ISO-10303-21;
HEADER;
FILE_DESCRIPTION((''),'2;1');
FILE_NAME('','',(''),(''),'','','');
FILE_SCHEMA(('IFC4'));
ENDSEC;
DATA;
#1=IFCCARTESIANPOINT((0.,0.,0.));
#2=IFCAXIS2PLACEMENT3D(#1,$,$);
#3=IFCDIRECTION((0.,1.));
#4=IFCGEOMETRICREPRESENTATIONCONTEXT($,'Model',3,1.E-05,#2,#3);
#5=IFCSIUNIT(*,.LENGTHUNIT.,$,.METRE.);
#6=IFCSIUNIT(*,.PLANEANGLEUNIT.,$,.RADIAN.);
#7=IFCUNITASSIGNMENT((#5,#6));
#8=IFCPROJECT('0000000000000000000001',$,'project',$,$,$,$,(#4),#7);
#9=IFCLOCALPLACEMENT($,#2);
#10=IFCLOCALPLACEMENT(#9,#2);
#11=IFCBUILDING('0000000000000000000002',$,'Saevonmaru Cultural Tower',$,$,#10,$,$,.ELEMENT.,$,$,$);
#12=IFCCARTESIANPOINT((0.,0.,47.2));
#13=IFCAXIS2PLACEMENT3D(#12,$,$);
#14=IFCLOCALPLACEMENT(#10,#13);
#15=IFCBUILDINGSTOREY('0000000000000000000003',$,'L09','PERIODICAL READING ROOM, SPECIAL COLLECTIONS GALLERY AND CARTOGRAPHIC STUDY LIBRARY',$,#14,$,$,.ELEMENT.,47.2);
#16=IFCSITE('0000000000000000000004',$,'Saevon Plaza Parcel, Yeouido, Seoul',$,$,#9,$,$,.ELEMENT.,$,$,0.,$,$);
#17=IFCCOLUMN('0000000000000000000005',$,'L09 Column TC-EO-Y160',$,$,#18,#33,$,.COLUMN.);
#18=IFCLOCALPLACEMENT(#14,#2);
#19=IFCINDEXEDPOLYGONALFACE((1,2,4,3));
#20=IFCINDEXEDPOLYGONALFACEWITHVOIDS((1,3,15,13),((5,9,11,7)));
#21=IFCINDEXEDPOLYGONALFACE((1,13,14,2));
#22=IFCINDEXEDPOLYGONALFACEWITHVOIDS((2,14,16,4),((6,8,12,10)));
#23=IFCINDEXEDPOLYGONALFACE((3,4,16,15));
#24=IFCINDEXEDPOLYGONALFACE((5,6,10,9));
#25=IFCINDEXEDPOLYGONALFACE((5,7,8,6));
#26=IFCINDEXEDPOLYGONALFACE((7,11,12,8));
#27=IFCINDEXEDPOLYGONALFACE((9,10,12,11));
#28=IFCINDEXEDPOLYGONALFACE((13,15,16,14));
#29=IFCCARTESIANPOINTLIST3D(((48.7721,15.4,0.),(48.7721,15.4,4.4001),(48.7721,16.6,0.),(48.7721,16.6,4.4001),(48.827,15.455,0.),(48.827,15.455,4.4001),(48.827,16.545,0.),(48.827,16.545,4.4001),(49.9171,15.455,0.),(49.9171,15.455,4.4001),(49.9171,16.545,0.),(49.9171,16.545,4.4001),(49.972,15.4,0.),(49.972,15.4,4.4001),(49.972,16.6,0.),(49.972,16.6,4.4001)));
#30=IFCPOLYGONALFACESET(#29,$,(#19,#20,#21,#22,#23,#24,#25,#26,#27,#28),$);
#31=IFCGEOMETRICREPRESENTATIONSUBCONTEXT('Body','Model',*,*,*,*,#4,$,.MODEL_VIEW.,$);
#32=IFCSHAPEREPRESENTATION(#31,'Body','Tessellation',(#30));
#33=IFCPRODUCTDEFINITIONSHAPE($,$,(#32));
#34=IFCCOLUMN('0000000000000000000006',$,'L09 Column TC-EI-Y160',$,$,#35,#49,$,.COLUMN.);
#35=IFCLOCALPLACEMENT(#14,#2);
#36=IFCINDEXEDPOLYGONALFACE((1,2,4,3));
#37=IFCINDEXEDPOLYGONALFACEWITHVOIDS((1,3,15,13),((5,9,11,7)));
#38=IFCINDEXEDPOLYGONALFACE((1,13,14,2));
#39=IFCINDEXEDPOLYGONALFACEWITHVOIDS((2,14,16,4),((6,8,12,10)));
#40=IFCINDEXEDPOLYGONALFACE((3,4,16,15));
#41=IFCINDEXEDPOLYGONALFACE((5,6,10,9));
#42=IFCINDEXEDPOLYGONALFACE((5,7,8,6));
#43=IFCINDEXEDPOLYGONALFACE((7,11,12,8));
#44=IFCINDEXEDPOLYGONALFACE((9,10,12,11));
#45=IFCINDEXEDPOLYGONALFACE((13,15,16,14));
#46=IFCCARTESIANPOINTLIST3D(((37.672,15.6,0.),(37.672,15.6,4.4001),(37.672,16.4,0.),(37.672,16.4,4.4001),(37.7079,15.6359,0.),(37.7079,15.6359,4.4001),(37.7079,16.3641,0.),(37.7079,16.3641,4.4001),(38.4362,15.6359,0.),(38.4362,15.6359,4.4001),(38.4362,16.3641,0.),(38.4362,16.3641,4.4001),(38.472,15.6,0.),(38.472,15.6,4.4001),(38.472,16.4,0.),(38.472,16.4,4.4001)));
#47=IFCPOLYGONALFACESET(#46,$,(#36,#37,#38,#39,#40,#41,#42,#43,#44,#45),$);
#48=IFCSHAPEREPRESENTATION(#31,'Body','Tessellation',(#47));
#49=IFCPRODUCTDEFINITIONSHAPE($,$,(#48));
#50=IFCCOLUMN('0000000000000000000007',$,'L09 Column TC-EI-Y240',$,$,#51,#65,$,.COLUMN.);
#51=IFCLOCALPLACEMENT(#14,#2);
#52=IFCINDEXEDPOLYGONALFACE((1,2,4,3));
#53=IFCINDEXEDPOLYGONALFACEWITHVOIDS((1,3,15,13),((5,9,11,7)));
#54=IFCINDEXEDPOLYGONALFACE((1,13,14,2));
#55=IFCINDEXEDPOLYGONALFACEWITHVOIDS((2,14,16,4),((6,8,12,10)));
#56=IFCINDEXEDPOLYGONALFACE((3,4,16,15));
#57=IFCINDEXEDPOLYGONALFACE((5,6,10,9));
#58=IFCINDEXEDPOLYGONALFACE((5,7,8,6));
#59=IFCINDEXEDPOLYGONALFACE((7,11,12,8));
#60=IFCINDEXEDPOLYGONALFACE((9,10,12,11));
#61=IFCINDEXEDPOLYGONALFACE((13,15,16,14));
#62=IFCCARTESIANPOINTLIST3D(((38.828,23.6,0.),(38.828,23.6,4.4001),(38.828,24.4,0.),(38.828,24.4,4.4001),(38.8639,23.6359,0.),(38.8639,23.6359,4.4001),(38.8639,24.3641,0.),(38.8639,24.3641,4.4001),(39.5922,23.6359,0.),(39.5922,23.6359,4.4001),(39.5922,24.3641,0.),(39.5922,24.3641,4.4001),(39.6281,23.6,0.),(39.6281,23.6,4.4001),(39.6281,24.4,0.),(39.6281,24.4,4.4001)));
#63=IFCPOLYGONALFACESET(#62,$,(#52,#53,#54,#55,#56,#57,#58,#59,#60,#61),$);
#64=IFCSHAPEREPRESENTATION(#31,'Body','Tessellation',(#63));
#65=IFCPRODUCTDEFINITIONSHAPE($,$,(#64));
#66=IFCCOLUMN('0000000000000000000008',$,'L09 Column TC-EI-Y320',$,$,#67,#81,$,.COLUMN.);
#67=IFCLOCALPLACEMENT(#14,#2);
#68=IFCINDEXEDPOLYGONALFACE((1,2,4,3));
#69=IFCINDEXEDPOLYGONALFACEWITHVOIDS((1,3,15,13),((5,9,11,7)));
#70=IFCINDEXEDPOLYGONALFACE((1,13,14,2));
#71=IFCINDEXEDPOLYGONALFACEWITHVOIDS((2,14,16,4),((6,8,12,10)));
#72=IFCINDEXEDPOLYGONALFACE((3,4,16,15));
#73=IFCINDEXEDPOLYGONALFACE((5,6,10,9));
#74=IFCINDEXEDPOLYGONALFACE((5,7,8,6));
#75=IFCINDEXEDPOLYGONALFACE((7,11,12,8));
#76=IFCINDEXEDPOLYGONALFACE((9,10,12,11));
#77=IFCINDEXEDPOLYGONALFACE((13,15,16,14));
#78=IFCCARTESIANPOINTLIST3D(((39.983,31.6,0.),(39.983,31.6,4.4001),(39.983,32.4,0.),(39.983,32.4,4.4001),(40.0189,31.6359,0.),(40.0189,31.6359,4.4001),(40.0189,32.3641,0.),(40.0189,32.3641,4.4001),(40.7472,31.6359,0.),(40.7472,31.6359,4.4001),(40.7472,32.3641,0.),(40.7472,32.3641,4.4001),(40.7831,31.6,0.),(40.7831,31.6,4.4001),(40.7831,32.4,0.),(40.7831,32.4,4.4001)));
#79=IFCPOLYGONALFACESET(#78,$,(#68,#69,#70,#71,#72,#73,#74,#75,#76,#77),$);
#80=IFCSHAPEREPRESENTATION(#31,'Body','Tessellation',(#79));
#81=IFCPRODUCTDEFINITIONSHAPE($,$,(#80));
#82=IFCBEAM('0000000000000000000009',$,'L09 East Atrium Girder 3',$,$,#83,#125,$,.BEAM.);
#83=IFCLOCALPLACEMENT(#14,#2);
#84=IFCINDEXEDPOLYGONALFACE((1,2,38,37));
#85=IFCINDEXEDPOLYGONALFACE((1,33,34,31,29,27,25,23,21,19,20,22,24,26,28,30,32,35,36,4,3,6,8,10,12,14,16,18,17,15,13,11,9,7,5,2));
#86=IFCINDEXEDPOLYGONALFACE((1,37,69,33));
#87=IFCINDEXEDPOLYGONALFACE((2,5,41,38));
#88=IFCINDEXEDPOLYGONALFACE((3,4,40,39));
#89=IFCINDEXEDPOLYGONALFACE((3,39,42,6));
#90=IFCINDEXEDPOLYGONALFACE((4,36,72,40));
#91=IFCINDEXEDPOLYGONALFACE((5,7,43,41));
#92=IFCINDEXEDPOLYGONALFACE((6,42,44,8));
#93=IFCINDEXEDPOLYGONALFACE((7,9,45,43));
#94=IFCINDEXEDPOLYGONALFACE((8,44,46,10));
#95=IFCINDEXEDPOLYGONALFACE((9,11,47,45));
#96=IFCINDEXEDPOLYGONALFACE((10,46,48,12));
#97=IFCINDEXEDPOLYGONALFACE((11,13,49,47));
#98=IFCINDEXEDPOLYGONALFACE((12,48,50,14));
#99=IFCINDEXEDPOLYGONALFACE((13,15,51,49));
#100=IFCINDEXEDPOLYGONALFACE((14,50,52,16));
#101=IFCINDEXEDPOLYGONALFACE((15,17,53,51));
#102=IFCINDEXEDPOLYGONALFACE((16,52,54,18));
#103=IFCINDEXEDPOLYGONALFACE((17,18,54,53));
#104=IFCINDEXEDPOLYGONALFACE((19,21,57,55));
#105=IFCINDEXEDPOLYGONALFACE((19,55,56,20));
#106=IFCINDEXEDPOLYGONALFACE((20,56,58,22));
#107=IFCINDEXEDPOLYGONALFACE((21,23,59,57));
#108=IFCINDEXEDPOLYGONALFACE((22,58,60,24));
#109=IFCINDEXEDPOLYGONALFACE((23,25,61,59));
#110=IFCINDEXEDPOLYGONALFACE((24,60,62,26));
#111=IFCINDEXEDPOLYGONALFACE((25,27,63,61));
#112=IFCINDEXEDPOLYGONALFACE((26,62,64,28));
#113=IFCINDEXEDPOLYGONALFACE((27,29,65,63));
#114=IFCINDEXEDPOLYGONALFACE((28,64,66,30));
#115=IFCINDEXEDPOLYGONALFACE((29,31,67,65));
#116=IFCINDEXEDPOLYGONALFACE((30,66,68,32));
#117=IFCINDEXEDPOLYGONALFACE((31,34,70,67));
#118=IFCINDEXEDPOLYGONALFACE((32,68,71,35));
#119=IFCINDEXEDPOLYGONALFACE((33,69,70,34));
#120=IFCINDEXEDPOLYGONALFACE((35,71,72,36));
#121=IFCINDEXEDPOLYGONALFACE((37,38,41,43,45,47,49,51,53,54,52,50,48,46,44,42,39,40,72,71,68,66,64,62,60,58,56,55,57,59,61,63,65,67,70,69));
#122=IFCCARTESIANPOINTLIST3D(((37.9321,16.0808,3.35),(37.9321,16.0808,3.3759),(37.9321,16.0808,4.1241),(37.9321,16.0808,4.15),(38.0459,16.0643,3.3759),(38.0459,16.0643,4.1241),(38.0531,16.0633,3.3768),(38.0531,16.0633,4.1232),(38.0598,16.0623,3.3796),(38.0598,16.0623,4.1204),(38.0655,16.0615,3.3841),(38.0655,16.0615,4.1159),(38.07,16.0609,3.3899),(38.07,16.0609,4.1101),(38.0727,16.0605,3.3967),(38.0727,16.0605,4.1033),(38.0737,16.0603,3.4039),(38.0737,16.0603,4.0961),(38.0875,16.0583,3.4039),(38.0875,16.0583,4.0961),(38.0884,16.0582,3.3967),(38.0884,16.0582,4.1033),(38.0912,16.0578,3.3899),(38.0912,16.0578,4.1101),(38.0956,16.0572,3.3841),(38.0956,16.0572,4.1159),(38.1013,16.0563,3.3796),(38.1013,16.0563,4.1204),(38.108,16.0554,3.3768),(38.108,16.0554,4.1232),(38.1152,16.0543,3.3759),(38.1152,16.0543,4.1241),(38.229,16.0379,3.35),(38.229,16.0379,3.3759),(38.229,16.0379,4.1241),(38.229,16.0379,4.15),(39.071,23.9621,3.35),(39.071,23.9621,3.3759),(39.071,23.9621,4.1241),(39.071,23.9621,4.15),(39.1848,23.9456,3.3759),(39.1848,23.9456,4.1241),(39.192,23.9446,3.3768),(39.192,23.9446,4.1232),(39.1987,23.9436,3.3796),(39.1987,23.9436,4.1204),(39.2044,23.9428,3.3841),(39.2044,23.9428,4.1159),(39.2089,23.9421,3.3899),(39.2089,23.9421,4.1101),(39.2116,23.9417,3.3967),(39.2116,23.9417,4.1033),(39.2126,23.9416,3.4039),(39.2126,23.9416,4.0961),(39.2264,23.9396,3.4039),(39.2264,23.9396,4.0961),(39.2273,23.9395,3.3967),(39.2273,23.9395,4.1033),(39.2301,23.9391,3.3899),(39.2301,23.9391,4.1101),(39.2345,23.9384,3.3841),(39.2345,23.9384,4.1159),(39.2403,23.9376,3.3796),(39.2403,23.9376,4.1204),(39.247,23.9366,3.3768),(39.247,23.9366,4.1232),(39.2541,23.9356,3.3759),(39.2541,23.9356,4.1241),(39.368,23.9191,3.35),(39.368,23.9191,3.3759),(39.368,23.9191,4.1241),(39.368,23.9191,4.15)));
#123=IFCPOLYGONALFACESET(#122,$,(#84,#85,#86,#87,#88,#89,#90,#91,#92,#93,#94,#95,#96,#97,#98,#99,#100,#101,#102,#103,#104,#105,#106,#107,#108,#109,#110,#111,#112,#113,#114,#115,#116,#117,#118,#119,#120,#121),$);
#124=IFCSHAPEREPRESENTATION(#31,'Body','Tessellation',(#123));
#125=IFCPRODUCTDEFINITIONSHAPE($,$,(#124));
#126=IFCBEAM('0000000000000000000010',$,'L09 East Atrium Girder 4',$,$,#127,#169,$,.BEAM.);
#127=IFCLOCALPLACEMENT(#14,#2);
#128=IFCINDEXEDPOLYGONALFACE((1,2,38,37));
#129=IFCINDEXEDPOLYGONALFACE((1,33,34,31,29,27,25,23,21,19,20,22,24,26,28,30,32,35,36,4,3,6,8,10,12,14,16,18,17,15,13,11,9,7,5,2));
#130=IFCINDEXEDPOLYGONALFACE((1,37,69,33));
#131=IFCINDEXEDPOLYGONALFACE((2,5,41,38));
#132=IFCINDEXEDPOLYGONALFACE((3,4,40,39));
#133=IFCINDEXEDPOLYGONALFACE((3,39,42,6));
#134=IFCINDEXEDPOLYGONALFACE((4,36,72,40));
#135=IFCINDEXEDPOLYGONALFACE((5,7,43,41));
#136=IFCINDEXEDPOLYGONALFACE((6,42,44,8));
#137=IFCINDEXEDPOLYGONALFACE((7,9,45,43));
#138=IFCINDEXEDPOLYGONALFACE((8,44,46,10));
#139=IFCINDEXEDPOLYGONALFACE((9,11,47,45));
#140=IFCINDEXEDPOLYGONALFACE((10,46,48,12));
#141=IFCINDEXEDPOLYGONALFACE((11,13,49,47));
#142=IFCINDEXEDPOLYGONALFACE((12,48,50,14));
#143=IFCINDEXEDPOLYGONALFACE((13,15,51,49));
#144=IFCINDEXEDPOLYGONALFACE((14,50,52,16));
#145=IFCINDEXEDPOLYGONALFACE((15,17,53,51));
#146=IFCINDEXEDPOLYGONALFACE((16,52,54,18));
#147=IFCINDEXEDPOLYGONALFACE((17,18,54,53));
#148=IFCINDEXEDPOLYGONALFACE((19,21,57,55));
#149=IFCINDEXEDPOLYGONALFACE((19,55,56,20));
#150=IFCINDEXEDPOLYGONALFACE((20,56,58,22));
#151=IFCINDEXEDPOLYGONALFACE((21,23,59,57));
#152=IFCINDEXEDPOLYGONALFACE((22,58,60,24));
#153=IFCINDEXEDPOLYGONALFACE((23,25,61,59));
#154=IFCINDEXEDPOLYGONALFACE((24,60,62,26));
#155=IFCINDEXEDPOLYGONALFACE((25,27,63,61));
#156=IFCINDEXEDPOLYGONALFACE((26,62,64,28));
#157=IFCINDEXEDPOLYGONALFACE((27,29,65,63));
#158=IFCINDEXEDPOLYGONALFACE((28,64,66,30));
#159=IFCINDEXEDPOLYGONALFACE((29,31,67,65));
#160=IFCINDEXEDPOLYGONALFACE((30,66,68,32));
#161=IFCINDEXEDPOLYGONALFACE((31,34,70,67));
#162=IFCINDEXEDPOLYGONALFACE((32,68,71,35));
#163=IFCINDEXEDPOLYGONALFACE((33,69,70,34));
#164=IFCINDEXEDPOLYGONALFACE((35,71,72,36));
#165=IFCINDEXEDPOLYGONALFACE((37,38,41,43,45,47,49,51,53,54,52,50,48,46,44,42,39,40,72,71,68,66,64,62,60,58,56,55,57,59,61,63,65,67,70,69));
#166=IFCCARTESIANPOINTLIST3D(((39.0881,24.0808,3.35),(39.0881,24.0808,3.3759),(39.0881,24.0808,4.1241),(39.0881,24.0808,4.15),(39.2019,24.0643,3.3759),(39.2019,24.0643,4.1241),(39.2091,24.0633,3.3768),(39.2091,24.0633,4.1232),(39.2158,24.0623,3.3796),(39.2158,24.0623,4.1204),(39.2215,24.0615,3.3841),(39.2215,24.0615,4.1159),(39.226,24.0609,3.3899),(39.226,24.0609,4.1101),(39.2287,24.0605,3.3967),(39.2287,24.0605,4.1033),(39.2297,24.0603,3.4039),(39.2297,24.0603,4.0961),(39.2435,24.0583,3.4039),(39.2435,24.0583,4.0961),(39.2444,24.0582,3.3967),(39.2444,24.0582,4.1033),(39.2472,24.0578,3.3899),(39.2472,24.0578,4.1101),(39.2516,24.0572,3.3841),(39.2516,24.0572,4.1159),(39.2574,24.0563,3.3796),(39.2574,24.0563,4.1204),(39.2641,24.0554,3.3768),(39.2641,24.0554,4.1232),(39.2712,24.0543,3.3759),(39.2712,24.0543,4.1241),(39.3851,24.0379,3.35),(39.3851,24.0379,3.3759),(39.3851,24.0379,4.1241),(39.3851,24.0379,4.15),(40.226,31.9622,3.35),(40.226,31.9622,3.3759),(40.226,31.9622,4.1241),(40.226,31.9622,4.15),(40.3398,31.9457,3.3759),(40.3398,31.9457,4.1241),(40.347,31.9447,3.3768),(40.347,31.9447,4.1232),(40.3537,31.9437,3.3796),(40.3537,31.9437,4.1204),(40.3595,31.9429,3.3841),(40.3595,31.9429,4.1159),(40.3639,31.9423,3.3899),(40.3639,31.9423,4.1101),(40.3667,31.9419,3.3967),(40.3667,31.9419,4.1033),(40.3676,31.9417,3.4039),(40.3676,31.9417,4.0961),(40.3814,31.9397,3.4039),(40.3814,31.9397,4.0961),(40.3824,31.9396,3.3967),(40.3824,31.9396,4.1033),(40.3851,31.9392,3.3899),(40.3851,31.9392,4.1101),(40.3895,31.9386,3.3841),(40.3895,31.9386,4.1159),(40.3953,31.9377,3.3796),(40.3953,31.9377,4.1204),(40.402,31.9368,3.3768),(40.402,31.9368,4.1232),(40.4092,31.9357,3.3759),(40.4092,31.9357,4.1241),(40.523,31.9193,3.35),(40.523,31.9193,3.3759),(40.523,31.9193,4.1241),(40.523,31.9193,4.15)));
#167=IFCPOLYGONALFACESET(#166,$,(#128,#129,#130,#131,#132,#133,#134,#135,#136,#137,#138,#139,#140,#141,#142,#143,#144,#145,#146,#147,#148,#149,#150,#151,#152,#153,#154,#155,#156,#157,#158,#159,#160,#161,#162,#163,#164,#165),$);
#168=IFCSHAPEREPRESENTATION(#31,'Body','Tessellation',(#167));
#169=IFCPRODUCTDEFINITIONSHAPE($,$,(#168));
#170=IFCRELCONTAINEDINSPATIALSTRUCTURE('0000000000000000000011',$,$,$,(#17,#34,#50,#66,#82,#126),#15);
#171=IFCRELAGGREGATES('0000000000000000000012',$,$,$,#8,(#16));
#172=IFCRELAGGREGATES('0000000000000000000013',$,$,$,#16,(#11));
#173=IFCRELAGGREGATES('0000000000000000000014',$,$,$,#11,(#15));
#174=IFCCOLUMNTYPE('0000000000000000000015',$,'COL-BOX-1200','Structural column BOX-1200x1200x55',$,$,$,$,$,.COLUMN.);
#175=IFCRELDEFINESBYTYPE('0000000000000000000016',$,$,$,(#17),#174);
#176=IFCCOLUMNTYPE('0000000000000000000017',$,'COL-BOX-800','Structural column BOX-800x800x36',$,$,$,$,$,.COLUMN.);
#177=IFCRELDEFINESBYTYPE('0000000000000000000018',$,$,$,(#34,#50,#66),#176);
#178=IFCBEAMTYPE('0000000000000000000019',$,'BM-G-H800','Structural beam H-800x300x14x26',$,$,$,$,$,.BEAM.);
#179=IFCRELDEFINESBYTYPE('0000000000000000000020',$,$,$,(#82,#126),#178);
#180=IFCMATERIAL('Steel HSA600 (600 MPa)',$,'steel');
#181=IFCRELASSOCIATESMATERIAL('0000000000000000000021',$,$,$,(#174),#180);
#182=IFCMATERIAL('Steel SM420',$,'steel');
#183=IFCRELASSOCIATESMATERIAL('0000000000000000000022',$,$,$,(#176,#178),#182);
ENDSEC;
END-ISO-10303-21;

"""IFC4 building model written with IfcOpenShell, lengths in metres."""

from ifc_helpers import new_model, si_unit, direction, frame, origin, origin_2d, place, context, subcontext, project, spatial, hollow_rectangle, i_section, extrude, material, material_profile, profile_set, type_object, element, save


model = new_model("IFC4")

# Units and contexts
model_context = context("Model", 3, precision=1e-05, world=origin(), true_north=direction((0.0, 1.0)))
body_context = subcontext(model_context, "Body", "Model", "MODEL_VIEW")
ifc_project = project(units=[si_unit("LENGTHUNIT", "METRE"), si_unit("PLANEANGLEUNIT", "RADIAN")], contexts=[model_context])

# Site, building, storey
site_placement = place(None, origin())
site = spatial("IfcSite", under=ifc_project, at=site_placement, Name="Saevon Plaza Parcel, Yeouido, Seoul", CompositionType="ELEMENT", RefElevation=0.0)
building_placement = place(site_placement, origin())
building = spatial("IfcBuilding", under=site, at=building_placement, Name="Saevonmaru Cultural Tower", CompositionType="ELEMENT")
storey_placement = place(building_placement, frame((0.0, 0.0, 47.2)))
storey = spatial("IfcBuildingStorey", under=building, at=storey_placement, Name="L09", Description="PERIODICAL READING ROOM, SPECIAL COLLECTIONS GALLERY AND CARTOGRAPHIC STUDY LIBRARY", CompositionType="ELEMENT", Elevation=47.2)

# Columns
ifc_material_1 = material(Name="Steel HSA600 (600 MPa)", Category="steel")
ifc_material_profile_1 = material_profile(ifc_material_1, hollow_rectangle(XDim=1.2, YDim=1.2, WallThickness=0.0549, at=origin_2d()), Name="BOX-1200x1200x55")
ifc_profile_set_1 = profile_set([ifc_material_profile_1], Name="Steel HSA600 (600 MPa)")
column_type_1 = type_object("IfcColumnType", Name="COL-BOX-1200", Description="Structural column BOX-1200x1200x55", PredefinedType="COLUMN", material=ifc_profile_set_1)
column_placement = place(storey_placement, frame((49.3721, 16.0, 0.0), z_axis=(0.0, 0.0, 1.0), x_axis=(1.0, 0.0, 0.0)))
element("IfcColumn", 1, at=column_placement, inside=storey, type_object=column_type_1, Name="L09 Column TC-EO-Y160", PredefinedType="COLUMN", context=body_context, shape_type="SweptSolid", body=[
    extrude(hollow_rectangle(XDim=1.2, YDim=1.2, WallThickness=0.0549, at=origin_2d()), origin(), (0.0, 0.0, 1.0), 4.4001),
])
ifc_material_2 = material(Name="Steel SM420", Category="steel")
ifc_material_profile_2 = material_profile(ifc_material_2, hollow_rectangle(XDim=0.8, YDim=0.8, WallThickness=0.0359, at=origin_2d()), Name="BOX-800x800x36")
ifc_profile_set_2 = profile_set([ifc_material_profile_2], Name="Steel SM420")
column_type_2 = type_object("IfcColumnType", Name="COL-BOX-800", Description="Structural column BOX-800x800x36", PredefinedType="COLUMN", material=ifc_profile_set_2)
for number, where, z_axis, x_axis, name in (
    (2, (38.072, 16.0, 0.0), (0.0, 0.0, 1.0), (1.0, 0.0, 0.0), "L09 Column TC-EI-Y160"),
    (3, (39.228, 24.0, 0.0), (0.0, 0.0, 1.0), (1.0, 0.0, 0.0), "L09 Column TC-EI-Y240"),
    (4, (40.3831, 32.0, 0.0), (0.0, 0.0, 1.0), (1.0, 0.0, 0.0), "L09 Column TC-EI-Y320"),
):
    element("IfcColumn", number, at=place(storey_placement, frame(where, z_axis=z_axis, x_axis=x_axis)), inside=storey, type_object=column_type_2, Name=name, PredefinedType="COLUMN", context=body_context, shape_type="SweptSolid", body=[
        extrude(hollow_rectangle(XDim=0.8, YDim=0.8, WallThickness=0.0359, at=origin_2d()), origin(), (0.0, 0.0, 1.0), 4.4001),
    ])

# Beams
ifc_material_profile_3 = material_profile(ifc_material_2, i_section(OverallWidth=0.3, OverallDepth=0.8, WebThickness=0.0139, FlangeThickness=0.0259, FilletRadius=0.0281, at=origin_2d()), Name="H-800x300x14x26")
ifc_profile_set_3 = profile_set([ifc_material_profile_3], Name="Steel SM420")
beam_type_1 = type_object("IfcBeamType", Name="BM-G-H800", Description="Structural beam H-800x300x14x26", PredefinedType="BEAM", material=ifc_profile_set_3)
for number, where, z_axis, x_axis, name in (
    (5, (38.0806, 16.0593, 3.75), (0.143022, 0.989719, 0.0), (-0.989719, 0.143022, 0.0), "L09 East Atrium Girder 3"),
    (6, (39.2366, 24.0593, 3.75), (0.142902, 0.989737, 0.0), (-0.989737, 0.142902, 0.0), "L09 East Atrium Girder 4"),
):
    element("IfcBeam", number, at=place(storey_placement, frame(where, z_axis=z_axis, x_axis=x_axis)), inside=storey, type_object=beam_type_1, Name=name, PredefinedType="BEAM", context=body_context, shape_type="SweptSolid", body=[
        extrude(i_section(OverallWidth=0.3, OverallDepth=0.8, WebThickness=0.0139, FlangeThickness=0.0259, FilletRadius=0.0281, at=origin_2d()), origin(), (0.0, 0.0, 1.0), 7.9631),
    ])

save(model, "model.ifc")
